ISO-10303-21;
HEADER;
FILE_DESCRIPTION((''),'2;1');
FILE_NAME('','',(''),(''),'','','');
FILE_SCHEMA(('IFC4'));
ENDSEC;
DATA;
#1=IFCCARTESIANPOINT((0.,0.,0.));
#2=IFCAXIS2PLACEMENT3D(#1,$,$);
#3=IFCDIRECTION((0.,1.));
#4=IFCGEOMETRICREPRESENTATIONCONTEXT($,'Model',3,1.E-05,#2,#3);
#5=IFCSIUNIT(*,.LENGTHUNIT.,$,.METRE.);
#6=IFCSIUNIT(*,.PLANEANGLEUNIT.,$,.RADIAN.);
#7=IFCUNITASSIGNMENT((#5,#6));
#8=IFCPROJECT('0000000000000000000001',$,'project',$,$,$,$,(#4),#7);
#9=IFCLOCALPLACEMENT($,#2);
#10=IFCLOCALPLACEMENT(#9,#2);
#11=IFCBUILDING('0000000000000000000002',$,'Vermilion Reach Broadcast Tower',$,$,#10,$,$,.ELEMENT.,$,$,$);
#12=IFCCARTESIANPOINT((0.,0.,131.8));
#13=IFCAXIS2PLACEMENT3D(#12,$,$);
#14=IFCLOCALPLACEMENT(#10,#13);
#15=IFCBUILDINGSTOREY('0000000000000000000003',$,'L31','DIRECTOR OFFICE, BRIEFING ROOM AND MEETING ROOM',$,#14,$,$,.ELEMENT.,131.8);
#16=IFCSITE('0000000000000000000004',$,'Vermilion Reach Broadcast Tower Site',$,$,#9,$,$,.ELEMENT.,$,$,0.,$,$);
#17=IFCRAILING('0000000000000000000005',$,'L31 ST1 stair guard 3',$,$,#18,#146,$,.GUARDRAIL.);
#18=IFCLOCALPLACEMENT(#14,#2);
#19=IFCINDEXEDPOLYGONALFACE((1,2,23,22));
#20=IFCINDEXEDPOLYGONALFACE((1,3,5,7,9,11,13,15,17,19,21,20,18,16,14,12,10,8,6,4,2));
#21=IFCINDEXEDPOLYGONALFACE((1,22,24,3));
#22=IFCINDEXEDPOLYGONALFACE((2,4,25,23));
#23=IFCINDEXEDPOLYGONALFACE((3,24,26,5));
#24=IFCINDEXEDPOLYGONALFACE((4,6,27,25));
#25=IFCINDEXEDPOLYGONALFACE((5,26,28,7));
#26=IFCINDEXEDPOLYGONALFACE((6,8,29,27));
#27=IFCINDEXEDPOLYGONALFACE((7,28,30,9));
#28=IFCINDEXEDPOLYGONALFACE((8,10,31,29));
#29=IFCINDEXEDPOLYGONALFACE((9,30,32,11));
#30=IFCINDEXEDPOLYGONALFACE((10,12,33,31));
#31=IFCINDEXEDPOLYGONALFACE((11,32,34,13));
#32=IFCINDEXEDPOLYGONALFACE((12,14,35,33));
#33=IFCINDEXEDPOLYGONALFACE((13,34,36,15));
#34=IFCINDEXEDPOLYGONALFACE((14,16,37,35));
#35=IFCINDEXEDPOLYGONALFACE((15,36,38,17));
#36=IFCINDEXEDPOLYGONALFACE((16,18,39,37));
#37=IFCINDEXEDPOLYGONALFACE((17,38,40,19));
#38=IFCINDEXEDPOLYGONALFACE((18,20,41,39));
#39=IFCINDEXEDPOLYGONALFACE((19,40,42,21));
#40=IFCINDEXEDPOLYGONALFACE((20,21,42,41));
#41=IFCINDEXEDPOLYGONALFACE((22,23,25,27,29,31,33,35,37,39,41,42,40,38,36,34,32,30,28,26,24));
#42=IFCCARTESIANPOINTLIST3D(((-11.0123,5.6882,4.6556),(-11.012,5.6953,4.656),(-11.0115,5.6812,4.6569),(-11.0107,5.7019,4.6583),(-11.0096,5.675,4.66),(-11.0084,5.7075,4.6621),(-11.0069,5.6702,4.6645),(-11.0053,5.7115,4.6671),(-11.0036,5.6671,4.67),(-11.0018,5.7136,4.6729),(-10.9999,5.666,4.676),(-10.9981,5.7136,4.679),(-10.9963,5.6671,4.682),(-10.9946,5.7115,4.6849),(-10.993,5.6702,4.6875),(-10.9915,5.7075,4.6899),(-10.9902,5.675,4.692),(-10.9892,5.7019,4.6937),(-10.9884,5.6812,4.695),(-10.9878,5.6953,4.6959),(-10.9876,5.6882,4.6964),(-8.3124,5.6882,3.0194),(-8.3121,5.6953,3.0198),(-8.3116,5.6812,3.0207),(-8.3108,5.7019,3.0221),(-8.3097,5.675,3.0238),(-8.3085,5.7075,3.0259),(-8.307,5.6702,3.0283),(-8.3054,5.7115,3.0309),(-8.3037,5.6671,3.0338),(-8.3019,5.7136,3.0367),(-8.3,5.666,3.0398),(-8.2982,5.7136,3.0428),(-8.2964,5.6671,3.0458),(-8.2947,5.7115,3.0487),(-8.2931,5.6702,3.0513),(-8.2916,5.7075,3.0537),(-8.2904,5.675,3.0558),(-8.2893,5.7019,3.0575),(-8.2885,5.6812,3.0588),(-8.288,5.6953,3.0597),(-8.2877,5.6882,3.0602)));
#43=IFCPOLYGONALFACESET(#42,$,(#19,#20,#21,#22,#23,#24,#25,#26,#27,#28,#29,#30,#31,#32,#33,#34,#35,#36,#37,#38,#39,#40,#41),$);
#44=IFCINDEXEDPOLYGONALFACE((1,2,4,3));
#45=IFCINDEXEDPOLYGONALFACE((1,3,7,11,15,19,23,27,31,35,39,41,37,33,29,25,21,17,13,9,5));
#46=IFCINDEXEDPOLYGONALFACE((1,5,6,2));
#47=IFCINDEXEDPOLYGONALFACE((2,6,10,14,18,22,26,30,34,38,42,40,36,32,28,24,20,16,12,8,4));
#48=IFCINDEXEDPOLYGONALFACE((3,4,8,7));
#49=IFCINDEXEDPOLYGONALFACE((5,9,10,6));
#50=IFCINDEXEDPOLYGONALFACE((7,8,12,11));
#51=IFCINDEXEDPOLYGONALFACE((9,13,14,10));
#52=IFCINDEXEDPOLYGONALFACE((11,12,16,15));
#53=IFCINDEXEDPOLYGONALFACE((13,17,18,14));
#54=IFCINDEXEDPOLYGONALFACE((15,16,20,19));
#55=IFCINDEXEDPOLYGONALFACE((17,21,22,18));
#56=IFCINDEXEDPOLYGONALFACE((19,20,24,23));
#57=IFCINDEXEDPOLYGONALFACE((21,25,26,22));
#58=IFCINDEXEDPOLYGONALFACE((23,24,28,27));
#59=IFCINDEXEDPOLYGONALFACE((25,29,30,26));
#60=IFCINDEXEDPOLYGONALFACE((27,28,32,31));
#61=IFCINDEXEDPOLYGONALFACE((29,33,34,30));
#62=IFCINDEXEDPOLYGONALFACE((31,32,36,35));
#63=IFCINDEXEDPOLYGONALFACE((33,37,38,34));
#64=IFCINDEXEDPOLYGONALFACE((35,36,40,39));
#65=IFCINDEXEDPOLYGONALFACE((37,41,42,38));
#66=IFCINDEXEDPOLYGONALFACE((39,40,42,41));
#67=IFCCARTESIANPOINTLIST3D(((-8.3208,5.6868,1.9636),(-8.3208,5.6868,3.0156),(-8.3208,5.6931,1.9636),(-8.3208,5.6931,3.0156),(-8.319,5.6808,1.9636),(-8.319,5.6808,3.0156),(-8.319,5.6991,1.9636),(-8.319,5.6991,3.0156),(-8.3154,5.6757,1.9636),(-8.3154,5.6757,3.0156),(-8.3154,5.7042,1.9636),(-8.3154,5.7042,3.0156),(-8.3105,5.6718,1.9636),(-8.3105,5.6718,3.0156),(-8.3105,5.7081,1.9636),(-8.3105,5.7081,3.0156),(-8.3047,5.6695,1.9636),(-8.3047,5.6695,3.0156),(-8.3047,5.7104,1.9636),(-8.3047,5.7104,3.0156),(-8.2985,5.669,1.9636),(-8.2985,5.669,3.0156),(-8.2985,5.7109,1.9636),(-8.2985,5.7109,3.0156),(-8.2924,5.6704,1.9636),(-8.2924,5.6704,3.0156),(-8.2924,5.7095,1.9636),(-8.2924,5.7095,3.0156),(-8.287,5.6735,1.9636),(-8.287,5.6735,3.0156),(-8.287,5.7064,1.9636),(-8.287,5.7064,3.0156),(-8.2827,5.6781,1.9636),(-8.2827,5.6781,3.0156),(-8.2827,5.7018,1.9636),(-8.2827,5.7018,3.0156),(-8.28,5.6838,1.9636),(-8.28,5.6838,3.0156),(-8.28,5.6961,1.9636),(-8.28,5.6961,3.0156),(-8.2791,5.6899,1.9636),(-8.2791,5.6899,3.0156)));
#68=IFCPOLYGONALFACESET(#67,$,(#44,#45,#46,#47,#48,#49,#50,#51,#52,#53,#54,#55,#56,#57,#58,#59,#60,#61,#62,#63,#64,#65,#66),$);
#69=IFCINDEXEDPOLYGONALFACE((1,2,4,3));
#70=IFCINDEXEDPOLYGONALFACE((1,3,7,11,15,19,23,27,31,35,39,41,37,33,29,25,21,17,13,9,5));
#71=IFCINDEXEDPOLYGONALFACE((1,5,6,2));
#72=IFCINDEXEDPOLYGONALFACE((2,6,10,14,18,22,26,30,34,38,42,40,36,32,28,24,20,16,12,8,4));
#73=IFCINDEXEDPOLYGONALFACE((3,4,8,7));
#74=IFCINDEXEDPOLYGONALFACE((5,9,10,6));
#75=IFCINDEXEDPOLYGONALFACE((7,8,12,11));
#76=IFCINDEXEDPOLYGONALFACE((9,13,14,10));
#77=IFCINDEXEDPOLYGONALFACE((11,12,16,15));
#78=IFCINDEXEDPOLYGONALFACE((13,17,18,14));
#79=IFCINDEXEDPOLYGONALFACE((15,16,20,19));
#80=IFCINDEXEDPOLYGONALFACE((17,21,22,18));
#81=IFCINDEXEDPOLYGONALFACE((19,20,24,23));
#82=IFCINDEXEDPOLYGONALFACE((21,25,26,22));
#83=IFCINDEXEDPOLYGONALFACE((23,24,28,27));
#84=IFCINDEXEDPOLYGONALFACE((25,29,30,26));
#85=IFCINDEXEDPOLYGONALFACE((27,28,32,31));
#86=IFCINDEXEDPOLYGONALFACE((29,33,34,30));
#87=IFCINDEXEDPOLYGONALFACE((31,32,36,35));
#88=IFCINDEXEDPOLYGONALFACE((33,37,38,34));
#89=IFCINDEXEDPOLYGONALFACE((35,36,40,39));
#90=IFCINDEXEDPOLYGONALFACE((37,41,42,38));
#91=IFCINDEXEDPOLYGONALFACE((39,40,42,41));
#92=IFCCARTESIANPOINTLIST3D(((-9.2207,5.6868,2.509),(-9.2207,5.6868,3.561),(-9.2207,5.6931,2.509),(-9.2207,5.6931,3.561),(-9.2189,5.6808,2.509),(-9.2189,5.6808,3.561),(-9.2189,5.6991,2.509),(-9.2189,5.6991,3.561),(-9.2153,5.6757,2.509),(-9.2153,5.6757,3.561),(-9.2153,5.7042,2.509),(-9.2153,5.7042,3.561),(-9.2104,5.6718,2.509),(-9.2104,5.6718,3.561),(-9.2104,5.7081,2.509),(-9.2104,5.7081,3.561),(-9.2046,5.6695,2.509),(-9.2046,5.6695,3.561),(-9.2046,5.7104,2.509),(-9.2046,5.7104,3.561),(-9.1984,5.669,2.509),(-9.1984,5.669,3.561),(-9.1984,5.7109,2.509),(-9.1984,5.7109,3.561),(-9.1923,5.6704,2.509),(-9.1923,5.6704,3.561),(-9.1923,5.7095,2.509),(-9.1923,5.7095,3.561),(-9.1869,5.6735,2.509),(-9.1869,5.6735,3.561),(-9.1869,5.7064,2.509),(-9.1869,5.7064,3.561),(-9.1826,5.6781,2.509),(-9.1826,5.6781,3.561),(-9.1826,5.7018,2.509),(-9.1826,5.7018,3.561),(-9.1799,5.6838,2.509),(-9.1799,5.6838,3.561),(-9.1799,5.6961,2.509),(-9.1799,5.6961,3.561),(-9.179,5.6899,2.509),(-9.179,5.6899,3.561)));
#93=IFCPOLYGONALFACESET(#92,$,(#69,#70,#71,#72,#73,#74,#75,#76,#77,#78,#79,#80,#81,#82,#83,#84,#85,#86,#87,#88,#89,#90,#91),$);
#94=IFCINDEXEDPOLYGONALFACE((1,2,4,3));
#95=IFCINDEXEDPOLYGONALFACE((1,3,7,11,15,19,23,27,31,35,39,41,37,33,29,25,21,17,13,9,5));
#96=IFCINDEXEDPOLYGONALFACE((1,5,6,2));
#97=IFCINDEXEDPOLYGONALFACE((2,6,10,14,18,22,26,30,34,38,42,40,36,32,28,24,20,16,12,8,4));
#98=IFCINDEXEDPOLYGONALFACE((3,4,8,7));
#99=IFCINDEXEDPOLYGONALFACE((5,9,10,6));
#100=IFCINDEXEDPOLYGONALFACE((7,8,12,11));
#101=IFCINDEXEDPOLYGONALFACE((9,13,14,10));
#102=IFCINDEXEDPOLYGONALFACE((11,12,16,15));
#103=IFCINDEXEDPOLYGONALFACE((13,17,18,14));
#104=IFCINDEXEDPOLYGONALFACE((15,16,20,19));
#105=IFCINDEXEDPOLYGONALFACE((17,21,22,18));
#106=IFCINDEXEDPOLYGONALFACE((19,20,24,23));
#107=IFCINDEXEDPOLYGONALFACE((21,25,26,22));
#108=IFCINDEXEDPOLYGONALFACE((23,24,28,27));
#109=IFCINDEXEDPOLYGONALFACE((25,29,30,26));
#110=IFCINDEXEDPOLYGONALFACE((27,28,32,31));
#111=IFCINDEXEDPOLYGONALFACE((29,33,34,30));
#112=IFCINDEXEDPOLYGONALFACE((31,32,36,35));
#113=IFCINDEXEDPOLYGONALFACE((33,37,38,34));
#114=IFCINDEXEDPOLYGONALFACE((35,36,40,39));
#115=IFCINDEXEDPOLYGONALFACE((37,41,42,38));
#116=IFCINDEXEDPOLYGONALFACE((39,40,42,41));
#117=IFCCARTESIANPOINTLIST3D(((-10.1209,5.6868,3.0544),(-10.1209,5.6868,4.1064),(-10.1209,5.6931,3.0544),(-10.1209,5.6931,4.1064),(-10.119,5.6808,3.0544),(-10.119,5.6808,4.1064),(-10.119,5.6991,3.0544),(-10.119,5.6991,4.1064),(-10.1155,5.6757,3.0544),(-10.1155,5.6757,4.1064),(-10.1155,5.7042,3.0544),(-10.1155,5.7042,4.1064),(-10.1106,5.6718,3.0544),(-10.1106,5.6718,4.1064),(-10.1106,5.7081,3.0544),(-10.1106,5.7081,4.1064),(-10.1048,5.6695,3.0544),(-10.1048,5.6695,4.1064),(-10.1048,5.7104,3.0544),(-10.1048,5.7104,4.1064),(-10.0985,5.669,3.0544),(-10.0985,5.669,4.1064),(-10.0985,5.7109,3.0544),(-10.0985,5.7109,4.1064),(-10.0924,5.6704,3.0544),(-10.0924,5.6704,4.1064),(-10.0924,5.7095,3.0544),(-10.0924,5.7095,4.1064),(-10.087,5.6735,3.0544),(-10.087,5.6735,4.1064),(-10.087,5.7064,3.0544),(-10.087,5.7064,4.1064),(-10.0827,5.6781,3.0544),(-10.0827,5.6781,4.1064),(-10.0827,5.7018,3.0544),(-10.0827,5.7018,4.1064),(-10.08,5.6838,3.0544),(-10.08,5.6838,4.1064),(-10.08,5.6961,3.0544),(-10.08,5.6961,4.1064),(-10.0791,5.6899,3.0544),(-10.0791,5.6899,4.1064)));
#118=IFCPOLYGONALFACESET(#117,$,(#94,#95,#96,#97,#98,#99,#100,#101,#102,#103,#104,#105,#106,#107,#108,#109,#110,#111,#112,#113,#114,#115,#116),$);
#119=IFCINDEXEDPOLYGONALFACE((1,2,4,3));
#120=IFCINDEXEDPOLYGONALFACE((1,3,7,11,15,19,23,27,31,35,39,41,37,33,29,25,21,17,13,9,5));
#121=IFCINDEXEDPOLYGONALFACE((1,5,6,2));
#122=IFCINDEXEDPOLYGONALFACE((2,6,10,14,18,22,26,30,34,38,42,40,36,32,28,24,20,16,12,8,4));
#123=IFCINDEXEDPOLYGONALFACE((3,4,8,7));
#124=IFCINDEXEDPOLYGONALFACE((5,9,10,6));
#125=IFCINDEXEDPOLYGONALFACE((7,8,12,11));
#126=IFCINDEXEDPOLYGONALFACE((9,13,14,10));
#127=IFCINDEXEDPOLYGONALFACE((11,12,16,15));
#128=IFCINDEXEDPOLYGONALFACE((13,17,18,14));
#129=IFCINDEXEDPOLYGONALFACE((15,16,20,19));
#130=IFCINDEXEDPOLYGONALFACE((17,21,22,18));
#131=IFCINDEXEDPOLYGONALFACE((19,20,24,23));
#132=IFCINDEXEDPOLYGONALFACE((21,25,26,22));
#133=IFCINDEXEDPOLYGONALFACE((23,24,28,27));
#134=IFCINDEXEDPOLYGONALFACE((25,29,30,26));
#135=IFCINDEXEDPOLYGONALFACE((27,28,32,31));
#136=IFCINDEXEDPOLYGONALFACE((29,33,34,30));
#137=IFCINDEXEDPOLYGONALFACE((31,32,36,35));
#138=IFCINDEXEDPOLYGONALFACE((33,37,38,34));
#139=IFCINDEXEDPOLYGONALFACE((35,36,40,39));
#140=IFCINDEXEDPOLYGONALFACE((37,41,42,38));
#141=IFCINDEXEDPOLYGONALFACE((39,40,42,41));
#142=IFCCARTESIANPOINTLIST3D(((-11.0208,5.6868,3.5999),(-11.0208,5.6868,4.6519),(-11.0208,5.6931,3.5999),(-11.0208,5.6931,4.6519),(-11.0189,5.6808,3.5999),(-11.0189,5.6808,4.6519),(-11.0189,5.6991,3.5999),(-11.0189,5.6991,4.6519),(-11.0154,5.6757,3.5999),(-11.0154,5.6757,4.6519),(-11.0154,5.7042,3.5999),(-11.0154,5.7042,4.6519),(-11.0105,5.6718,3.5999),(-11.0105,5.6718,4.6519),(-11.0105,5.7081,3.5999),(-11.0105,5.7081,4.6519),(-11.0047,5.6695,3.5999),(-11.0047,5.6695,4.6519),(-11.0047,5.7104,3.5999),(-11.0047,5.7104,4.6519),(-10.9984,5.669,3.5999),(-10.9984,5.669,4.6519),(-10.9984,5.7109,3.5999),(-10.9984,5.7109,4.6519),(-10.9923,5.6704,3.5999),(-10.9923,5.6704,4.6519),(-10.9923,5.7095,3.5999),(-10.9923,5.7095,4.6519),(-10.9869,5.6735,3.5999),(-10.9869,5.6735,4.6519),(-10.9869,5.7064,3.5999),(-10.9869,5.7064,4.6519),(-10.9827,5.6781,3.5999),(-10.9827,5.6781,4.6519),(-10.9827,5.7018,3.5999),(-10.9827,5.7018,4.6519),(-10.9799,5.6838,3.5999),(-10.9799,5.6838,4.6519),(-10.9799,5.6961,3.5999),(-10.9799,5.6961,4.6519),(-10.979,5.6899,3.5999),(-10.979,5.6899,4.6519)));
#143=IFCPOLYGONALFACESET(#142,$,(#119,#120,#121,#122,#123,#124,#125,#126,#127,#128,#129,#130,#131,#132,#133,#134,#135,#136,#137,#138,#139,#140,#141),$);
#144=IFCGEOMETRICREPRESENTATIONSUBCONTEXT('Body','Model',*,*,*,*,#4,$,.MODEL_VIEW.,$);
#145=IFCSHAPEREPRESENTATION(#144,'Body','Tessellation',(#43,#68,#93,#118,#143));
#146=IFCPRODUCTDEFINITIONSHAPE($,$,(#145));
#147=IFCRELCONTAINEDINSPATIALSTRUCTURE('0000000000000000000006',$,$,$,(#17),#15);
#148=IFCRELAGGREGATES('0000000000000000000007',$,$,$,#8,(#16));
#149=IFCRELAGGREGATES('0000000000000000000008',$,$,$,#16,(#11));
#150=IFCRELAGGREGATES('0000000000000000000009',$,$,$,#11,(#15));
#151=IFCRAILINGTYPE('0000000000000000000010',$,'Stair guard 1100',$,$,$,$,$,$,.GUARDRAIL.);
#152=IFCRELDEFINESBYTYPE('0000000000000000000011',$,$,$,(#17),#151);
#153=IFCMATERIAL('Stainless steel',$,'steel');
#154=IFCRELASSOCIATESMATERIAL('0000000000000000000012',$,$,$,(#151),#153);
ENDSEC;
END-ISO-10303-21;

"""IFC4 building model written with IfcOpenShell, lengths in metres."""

from ifc_helpers import new_model, si_unit, direction, frame, origin, origin_2d, place, context, subcontext, project, spatial, circle, extrude, material, type_object, element, save


model = new_model("IFC4")

# Units and contexts
model_context = context("Model", 3, precision=1e-05, world=origin(), true_north=direction((0.0, 1.0)))
body_context = subcontext(model_context, "Body", "Model", "MODEL_VIEW")
ifc_project = project(units=[si_unit("LENGTHUNIT", "METRE"), si_unit("PLANEANGLEUNIT", "RADIAN")], contexts=[model_context])

# Site, building, storey
site_placement = place(None, origin())
site = spatial("IfcSite", under=ifc_project, at=site_placement, Name="Vermilion Reach Broadcast Tower Site", CompositionType="ELEMENT", RefElevation=0.0)
building_placement = place(site_placement, origin())
building = spatial("IfcBuilding", under=site, at=building_placement, Name="Vermilion Reach Broadcast Tower", CompositionType="ELEMENT")
storey_placement = place(building_placement, frame((0.0, 0.0, 131.8)))
storey = spatial("IfcBuildingStorey", under=building, at=storey_placement, Name="L31", Description="DIRECTOR OFFICE, BRIEFING ROOM AND MEETING ROOM", CompositionType="ELEMENT", Elevation=131.8)

# Railing
ifc_material_1 = material(Name="Stainless steel", Category="steel")
railing_type_1 = type_object("IfcRailingType", Name="Stair guard 1100", PredefinedType="GUARDRAIL", material=ifc_material_1)
railing_1_placement = place(storey_placement, frame((-8.3, 5.6899, 1.9636)))
element("IfcRailing", 1, at=railing_1_placement, inside=storey, type_object=railing_type_1, Name="L31 ST1 stair guard 3", PredefinedType="GUARDRAIL", context=body_context, shape_type="SweptSolid", body=[
    extrude(circle(Radius=0.0239, at=origin_2d()), frame((0.0, 0.0, 1.0762), z_axis=(-0.855212, 0.0, 0.518278), x_axis=(0.0, -1.0, 0.0)), (0.0, 0.0, 1.0), 3.157),
    extrude(circle(Radius=0.021, at=origin_2d()), origin(), (0.0, 0.0, 1.0), 1.052),
    extrude(circle(Radius=0.021, at=origin_2d()), frame((-0.8999, 0.0, 0.5454)), (0.0, 0.0, 1.0), 1.052),
    extrude(circle(Radius=0.021, at=origin_2d()), frame((-1.8, 0.0, 1.0908)), (0.0, 0.0, 1.0), 1.052),
    extrude(circle(Radius=0.021, at=origin_2d()), frame((-2.7, 0.0, 1.6362)), (0.0, 0.0, 1.0), 1.052),
])

save(model, "model.ifc")
